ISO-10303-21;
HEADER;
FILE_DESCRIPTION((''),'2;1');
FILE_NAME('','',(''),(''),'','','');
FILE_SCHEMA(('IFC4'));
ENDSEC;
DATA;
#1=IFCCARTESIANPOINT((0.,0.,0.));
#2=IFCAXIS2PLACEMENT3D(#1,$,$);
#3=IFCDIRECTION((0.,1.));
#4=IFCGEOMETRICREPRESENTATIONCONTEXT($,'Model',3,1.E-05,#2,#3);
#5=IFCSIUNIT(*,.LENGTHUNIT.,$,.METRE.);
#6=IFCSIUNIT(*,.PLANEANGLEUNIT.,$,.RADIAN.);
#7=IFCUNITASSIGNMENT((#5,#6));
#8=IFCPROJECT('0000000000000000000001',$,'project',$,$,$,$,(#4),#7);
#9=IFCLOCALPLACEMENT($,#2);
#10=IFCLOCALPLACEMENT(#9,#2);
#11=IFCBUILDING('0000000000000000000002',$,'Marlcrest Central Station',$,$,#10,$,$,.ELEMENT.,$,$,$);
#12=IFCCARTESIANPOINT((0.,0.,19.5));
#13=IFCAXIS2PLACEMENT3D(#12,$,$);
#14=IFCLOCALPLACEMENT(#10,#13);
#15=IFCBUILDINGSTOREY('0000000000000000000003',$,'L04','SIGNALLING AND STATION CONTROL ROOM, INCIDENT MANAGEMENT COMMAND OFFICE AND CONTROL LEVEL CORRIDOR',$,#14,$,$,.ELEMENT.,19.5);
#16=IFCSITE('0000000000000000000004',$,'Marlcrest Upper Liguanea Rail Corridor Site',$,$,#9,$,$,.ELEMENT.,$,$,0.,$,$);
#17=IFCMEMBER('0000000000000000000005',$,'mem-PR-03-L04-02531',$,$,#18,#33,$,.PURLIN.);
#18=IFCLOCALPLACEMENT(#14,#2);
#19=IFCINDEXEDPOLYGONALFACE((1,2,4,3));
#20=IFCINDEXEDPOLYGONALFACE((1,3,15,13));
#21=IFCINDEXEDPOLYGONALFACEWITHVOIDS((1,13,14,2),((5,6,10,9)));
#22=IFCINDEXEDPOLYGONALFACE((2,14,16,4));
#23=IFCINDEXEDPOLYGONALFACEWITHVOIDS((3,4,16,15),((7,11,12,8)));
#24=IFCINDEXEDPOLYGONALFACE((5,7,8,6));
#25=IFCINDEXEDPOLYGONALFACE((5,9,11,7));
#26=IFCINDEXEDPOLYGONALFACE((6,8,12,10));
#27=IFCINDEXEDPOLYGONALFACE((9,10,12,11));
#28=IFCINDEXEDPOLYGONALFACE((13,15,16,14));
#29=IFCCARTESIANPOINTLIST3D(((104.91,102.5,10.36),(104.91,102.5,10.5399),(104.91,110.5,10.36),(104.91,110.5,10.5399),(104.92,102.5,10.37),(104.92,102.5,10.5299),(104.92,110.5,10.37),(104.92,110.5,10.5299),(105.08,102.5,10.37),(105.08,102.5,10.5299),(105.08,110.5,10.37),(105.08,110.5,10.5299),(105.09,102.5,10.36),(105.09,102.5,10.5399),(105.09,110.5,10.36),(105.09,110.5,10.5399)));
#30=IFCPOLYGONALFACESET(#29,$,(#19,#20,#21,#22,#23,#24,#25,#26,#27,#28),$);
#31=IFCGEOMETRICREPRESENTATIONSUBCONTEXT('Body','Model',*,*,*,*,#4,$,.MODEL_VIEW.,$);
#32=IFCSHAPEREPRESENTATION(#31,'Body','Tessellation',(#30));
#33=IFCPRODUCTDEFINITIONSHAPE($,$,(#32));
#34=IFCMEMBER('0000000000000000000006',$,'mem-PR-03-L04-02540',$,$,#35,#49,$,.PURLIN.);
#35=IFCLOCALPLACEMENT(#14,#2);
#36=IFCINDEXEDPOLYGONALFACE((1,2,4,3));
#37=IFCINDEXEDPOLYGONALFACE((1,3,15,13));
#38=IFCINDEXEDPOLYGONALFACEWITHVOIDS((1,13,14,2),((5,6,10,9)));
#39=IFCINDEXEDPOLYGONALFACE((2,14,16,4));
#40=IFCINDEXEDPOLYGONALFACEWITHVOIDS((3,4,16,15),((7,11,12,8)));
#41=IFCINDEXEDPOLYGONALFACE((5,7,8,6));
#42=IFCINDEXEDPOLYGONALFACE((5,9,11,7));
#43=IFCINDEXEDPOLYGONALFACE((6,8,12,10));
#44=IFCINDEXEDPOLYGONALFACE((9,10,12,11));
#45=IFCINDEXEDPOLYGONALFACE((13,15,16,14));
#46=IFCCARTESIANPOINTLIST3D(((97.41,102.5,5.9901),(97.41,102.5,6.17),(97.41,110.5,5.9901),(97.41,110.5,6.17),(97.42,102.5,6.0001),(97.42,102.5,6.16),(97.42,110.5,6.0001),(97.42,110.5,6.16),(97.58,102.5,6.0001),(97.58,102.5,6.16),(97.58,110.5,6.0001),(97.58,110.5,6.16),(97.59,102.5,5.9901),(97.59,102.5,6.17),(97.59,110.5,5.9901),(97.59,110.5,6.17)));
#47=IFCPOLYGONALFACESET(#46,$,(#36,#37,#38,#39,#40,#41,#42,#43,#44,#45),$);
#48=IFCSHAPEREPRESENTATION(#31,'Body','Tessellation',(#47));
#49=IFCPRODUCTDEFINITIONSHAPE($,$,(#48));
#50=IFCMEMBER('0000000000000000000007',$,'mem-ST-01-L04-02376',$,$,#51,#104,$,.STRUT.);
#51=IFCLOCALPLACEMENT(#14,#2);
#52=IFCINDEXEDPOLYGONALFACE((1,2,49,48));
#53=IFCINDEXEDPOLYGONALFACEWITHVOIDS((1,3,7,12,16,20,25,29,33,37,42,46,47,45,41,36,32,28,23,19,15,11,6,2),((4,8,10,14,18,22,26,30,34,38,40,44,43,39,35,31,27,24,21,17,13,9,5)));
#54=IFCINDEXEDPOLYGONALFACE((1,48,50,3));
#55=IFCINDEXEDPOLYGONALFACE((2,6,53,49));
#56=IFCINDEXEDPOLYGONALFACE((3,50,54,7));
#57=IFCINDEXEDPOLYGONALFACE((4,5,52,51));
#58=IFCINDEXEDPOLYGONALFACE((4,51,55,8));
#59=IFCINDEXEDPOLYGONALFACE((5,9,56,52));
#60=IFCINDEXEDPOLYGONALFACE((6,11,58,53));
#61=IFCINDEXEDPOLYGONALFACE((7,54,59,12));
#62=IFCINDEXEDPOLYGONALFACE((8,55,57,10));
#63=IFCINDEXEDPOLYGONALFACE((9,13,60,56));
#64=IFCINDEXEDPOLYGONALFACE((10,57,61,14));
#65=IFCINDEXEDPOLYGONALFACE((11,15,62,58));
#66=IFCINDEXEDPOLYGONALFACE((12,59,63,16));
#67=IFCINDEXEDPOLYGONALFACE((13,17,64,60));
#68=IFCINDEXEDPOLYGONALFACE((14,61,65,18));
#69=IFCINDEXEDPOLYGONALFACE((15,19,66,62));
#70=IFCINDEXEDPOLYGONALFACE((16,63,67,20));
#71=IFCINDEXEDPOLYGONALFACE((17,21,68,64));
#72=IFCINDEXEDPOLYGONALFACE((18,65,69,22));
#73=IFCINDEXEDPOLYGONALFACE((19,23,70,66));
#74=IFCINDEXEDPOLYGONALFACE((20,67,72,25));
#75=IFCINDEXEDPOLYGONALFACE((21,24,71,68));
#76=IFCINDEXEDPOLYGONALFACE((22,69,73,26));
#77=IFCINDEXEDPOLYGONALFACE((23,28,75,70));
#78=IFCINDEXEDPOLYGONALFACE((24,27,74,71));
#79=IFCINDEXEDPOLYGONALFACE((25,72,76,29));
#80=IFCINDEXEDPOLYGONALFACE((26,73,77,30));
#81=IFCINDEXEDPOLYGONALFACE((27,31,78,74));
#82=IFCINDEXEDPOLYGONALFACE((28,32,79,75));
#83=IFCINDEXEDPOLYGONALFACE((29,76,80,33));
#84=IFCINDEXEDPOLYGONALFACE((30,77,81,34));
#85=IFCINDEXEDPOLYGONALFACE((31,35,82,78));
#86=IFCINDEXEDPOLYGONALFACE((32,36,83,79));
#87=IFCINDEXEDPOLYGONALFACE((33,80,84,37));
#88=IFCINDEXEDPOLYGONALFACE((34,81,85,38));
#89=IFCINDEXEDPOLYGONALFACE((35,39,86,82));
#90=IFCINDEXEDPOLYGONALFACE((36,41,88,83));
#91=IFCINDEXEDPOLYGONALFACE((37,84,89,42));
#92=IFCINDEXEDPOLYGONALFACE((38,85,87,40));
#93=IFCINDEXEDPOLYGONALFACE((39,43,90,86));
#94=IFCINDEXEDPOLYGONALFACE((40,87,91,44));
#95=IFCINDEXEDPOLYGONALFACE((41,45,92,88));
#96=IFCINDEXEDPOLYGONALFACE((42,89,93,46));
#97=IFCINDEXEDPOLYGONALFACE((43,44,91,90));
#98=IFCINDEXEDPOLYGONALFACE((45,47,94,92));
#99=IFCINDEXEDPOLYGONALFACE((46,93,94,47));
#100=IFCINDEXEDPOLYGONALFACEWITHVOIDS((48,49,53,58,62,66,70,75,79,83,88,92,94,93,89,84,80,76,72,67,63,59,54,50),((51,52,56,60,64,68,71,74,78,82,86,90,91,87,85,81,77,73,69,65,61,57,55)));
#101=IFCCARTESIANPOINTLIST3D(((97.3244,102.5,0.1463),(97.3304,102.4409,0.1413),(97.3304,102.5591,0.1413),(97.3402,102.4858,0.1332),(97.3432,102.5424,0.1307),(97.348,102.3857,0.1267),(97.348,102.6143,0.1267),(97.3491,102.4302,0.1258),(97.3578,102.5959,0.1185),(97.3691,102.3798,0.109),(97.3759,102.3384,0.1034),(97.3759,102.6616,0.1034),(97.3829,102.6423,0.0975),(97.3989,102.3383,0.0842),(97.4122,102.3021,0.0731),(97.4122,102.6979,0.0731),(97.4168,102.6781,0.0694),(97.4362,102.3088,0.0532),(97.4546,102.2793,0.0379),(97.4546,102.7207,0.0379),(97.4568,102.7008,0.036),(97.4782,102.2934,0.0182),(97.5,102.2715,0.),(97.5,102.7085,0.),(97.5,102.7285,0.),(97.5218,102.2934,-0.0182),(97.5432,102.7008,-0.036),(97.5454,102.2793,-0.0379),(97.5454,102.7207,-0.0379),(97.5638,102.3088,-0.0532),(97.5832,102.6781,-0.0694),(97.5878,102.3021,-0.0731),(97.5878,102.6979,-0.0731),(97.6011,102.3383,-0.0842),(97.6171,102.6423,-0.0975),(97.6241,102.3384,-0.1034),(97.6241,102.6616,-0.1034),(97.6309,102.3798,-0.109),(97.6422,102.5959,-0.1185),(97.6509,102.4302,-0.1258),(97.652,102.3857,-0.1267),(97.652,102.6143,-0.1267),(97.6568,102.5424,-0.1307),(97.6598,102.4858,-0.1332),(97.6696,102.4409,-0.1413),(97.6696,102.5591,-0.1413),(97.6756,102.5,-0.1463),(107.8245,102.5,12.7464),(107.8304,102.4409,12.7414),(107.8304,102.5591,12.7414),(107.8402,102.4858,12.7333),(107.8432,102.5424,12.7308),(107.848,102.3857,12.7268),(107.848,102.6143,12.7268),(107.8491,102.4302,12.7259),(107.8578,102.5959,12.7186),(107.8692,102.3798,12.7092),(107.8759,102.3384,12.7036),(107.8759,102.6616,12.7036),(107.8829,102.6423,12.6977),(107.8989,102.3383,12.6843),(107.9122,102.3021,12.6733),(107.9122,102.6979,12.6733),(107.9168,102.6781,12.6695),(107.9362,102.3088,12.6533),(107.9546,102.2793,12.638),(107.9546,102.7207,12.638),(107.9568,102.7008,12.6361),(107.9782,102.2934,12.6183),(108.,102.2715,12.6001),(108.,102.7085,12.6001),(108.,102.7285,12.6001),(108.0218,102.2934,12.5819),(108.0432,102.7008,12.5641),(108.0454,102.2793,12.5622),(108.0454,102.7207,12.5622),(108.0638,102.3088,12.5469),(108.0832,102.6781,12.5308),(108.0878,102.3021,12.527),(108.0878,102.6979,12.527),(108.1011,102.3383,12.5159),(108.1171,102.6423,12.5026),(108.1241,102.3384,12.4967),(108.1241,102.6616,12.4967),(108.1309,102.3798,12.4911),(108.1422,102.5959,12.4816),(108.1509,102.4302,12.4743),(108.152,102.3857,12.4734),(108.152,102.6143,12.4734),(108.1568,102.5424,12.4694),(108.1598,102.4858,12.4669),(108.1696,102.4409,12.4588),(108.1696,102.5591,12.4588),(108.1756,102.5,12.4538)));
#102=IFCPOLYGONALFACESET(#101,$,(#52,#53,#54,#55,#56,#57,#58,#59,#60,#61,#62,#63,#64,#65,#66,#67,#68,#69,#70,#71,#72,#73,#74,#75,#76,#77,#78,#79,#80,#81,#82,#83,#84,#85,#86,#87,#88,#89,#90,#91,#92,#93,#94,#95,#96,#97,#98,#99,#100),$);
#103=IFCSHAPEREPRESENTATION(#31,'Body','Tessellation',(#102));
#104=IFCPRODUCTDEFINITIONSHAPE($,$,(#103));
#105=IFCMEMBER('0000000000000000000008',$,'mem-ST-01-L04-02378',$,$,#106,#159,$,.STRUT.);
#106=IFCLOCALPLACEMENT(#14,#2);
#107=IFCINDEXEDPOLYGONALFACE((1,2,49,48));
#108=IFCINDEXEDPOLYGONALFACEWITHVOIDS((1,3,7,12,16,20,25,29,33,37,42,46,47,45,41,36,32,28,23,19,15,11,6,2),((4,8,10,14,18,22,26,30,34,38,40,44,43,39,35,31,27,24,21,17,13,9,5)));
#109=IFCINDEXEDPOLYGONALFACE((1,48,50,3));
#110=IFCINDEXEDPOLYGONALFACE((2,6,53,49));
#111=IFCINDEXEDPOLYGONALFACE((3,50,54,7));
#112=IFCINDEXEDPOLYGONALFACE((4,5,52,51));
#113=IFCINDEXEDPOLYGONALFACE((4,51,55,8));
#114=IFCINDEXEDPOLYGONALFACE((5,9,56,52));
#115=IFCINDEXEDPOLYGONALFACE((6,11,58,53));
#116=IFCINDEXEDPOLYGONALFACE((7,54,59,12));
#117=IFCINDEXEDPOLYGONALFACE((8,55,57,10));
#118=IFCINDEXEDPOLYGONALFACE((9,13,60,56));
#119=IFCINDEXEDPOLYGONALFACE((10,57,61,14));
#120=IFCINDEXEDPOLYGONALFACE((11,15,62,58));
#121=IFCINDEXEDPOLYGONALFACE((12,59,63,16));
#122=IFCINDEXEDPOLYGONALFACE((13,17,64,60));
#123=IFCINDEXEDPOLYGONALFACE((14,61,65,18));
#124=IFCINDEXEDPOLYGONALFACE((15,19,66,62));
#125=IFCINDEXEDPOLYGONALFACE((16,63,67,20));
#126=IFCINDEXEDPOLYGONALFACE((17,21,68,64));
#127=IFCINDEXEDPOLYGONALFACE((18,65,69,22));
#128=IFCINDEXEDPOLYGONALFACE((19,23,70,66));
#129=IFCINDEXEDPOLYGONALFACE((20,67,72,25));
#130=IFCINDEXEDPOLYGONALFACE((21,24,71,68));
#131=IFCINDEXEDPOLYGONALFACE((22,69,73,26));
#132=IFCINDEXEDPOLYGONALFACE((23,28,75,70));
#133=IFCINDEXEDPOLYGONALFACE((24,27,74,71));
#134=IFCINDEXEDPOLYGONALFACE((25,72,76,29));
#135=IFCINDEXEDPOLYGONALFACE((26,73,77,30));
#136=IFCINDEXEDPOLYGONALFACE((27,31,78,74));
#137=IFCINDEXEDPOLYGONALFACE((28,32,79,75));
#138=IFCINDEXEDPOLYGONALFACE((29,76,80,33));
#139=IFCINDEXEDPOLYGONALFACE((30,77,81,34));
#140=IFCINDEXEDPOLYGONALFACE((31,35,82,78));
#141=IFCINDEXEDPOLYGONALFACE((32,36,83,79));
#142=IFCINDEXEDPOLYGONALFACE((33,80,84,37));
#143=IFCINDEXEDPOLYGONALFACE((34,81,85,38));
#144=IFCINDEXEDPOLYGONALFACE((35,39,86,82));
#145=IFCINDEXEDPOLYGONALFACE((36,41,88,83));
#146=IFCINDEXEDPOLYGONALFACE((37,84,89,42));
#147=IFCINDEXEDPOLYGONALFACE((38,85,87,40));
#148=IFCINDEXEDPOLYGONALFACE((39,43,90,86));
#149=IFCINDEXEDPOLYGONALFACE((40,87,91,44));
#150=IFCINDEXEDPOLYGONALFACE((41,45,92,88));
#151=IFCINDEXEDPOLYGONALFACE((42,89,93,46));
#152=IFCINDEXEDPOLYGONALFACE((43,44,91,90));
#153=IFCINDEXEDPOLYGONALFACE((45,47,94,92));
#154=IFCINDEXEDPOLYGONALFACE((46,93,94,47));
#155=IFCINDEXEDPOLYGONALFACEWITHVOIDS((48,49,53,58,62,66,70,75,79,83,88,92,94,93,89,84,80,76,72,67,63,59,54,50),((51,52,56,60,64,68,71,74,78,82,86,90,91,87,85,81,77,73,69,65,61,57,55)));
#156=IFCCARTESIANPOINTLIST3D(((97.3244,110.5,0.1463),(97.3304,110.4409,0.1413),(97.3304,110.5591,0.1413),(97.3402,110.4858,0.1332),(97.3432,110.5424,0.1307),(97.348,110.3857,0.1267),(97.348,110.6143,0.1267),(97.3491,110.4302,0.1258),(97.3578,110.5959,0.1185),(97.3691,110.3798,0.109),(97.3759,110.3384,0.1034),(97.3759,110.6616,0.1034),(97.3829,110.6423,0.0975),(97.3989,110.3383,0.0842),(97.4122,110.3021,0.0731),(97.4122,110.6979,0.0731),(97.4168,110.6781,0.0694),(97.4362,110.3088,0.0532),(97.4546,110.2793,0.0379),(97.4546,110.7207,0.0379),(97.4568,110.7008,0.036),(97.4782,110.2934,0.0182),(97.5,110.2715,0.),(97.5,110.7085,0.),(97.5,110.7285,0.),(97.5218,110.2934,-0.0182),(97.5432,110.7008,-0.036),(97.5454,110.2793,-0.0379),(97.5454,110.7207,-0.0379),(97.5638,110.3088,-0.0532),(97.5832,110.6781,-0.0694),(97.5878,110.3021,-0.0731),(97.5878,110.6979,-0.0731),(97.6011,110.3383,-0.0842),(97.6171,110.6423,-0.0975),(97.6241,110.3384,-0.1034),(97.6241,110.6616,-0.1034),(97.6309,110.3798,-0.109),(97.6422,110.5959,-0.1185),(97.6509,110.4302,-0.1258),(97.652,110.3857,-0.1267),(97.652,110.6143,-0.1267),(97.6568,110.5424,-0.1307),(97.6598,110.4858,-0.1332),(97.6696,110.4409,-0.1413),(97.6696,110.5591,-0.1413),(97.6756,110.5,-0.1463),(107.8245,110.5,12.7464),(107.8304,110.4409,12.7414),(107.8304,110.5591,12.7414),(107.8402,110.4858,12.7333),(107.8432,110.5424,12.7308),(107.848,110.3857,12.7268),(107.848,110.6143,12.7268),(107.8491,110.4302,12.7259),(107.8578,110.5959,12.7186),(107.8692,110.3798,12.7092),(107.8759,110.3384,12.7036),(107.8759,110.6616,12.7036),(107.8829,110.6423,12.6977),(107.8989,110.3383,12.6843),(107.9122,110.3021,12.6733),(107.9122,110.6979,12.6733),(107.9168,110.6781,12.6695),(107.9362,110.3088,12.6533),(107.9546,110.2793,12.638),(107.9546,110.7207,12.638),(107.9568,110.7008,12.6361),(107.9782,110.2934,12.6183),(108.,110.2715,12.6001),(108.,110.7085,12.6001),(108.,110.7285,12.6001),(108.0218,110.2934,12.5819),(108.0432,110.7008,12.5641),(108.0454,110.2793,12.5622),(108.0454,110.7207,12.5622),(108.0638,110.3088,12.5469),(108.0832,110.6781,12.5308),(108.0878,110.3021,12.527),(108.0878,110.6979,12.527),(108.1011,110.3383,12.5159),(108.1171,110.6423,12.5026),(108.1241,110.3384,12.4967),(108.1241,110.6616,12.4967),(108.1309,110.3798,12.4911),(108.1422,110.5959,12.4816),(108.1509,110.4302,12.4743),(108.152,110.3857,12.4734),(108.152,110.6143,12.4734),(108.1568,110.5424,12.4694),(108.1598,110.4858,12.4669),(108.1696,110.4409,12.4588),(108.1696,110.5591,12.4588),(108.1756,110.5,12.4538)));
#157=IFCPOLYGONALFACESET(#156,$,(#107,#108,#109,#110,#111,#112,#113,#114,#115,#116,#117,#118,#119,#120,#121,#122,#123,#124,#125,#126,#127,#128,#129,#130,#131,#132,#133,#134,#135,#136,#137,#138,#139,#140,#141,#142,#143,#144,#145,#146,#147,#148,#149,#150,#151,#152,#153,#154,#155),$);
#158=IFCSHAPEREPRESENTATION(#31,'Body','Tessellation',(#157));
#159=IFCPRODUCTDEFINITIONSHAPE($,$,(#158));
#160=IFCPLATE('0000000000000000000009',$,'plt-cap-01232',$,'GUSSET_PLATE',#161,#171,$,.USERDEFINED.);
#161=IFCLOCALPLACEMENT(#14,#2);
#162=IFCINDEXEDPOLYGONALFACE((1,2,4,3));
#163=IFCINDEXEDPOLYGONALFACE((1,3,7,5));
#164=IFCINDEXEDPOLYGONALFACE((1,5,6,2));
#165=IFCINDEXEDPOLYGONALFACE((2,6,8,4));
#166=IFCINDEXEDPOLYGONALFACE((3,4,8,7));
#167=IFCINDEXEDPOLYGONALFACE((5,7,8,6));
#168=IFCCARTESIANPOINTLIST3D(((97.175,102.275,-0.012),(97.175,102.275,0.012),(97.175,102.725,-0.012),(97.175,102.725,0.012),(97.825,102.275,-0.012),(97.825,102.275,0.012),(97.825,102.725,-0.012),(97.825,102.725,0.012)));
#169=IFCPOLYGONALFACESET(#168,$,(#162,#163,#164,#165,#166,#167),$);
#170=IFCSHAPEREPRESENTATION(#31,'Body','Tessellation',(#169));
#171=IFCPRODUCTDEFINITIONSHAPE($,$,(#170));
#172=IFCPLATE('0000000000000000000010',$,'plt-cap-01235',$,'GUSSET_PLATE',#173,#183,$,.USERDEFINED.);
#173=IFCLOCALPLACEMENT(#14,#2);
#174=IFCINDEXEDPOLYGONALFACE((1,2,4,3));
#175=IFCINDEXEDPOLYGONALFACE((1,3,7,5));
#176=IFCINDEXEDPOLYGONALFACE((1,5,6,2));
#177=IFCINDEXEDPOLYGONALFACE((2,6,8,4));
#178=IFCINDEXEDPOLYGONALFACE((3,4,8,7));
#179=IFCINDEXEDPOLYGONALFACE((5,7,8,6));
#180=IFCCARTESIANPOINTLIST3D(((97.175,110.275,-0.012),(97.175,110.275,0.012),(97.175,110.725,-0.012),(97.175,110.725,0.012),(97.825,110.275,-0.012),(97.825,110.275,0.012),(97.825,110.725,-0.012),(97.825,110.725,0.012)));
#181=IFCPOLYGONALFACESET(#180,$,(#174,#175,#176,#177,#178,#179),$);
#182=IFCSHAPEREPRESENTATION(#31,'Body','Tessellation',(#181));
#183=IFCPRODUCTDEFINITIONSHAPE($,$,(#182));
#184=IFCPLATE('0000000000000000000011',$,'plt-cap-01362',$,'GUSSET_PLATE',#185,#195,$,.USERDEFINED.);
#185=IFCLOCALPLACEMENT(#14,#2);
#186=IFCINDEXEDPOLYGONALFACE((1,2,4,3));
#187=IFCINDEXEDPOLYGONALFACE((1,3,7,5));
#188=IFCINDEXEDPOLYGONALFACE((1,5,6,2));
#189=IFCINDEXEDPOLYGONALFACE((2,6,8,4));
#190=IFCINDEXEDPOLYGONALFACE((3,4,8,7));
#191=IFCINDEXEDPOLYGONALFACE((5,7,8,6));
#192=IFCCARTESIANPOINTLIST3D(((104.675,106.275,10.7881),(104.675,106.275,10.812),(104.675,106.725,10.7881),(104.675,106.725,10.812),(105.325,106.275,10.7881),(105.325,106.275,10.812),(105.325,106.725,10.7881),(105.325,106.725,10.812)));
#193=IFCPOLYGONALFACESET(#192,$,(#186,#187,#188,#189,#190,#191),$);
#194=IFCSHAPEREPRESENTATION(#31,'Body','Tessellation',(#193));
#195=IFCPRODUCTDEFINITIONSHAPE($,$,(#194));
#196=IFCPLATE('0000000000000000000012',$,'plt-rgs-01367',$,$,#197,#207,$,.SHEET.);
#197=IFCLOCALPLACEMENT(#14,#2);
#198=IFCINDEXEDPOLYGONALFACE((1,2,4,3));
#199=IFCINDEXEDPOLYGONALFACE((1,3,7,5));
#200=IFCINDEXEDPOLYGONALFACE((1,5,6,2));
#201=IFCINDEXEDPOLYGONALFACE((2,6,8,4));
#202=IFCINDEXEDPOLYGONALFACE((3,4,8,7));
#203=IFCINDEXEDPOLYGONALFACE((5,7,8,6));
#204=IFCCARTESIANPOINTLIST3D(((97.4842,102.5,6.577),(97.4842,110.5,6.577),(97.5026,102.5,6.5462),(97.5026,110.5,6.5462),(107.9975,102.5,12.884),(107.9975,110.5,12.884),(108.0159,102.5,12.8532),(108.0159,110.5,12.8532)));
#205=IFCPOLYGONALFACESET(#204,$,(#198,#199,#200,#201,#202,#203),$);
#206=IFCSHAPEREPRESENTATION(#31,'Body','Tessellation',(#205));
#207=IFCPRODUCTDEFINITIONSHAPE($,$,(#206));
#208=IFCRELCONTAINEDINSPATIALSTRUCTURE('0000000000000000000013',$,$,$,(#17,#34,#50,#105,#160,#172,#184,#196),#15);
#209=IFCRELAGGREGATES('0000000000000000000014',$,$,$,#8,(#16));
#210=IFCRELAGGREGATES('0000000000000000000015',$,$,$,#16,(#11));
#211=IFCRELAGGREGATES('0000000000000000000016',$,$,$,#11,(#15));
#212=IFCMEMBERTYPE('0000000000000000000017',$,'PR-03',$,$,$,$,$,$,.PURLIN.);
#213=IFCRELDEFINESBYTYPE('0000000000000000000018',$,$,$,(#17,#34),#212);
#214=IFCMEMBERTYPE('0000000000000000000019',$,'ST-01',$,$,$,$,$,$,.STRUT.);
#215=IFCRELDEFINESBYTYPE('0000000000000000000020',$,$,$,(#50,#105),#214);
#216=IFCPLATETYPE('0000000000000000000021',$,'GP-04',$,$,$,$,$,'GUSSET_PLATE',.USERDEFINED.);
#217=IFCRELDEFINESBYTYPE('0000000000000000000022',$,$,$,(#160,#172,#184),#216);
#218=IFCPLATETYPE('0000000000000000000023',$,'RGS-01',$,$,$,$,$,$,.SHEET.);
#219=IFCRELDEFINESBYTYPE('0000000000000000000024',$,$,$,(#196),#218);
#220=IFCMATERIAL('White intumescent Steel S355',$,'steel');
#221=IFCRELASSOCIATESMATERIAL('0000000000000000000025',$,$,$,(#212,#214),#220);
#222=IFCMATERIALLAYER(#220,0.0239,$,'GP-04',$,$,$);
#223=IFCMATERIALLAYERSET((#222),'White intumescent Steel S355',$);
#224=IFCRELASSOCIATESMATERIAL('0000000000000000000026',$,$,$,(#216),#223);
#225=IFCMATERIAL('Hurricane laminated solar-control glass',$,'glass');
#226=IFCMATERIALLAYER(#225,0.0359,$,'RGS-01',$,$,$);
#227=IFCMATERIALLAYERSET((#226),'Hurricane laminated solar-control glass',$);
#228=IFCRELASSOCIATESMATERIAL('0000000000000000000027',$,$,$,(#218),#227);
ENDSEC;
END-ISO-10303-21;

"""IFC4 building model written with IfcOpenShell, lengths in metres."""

from ifc_helpers import new_model, si_unit, direction, frame, origin, origin_2d, place, context, subcontext, project, spatial, rectangle, hollow_rectangle, hollow_circle, extrude, material, layer, layer_set, material_profile, profile_set, type_object, element, save


model = new_model("IFC4")

# Units and contexts
model_context = context("Model", 3, precision=1e-05, world=origin(), true_north=direction((0.0, 1.0)))
body_context = subcontext(model_context, "Body", "Model", "MODEL_VIEW")
ifc_project = project(units=[si_unit("LENGTHUNIT", "METRE"), si_unit("PLANEANGLEUNIT", "RADIAN")], contexts=[model_context])

# Site, building, storey
site_placement = place(None, origin())
site = spatial("IfcSite", under=ifc_project, at=site_placement, Name="Marlcrest Upper Liguanea Rail Corridor Site", CompositionType="ELEMENT", RefElevation=0.0)
building_placement = place(site_placement, origin())
building = spatial("IfcBuilding", under=site, at=building_placement, Name="Marlcrest Central Station", CompositionType="ELEMENT")
storey_placement = place(building_placement, frame((0.0, 0.0, 19.5)))
storey = spatial("IfcBuildingStorey", under=building, at=storey_placement, Name="L04", Description="SIGNALLING AND STATION CONTROL ROOM, INCIDENT MANAGEMENT COMMAND OFFICE AND CONTROL LEVEL CORRIDOR", CompositionType="ELEMENT", Elevation=19.5)

# Members
ifc_material_1 = material(Name="White intumescent Steel S355", Category="steel")
ifc_material_profile_1 = material_profile(ifc_material_1, hollow_rectangle(XDim=0.1799, YDim=0.1799, WallThickness=0.01, at=origin_2d()), Name="SHS 180x180x10")
ifc_profile_set_1 = profile_set([ifc_material_profile_1], Name="White intumescent Steel S355")
member_type_1 = type_object("IfcMemberType", Name="PR-03", PredefinedType="PURLIN", material=ifc_profile_set_1)
for number, where, z_axis, x_axis, name in (
    (1, (105.0, 102.5, 10.45), (0.0, 1.0, 0.0), (-1.0, 0.0, 0.0), "mem-PR-03-L04-02531"),
    (2, (97.5, 102.5, 6.0801), (0.0, 1.0, 0.0), (-1.0, 0.0, 0.0), "mem-PR-03-L04-02540"),
):
    element("IfcMember", number, at=place(storey_placement, frame(where, z_axis=z_axis, x_axis=x_axis)), inside=storey, type_object=member_type_1, Name=name, PredefinedType="PURLIN", context=body_context, shape_type="SweptSolid", body=[
        extrude(hollow_rectangle(XDim=0.1799, YDim=0.1799, WallThickness=0.01, at=origin_2d()), origin(), (0.0, 0.0, 1.0), 8.0),
    ])
ifc_material_profile_2 = material_profile(ifc_material_1, hollow_circle(Radius=0.2285, WallThickness=0.02, at=origin_2d()), Name="CHS 457x20")
ifc_profile_set_2 = profile_set([ifc_material_profile_2], Name="White intumescent Steel S355")
member_type_2 = type_object("IfcMemberType", Name="ST-01", PredefinedType="STRUT", material=ifc_profile_set_2)
for number, where, z_axis, x_axis, name in (
    (3, (97.5, 102.5, 0.0), (0.640181, 0.0, 0.768224), (0.0, 1.0, 0.0), "mem-ST-01-L04-02376"),
    (4, (97.5, 110.5, 0.0), (0.640181, 0.0, 0.768224), (0.0, 1.0, 0.0), "mem-ST-01-L04-02378"),
):
    element("IfcMember", number, at=place(storey_placement, frame(where, z_axis=z_axis, x_axis=x_axis)), inside=storey, type_object=member_type_2, Name=name, PredefinedType="STRUT", context=body_context, shape_type="SweptSolid", body=[
        extrude(hollow_circle(Radius=0.2285, WallThickness=0.02, at=origin_2d()), origin(), (0.0, 0.0, 1.0), 16.4016),
    ])

# Plates
ifc_layer_1 = layer(ifc_material_1, 0.0239, Name="GP-04")
ifc_layer_set_1 = layer_set([ifc_layer_1], Name="White intumescent Steel S355")
plate_type_1 = type_object("IfcPlateType", Name="GP-04", ElementType="GUSSET_PLATE", PredefinedType="USERDEFINED", material=ifc_layer_set_1)
for number, where, z_axis, x_axis, name in (
    (5, (97.5, 102.5, -0.012), (0.0, 0.0, 1.0), (1.0, 0.0, 0.0), "plt-cap-01232"),
    (6, (97.5, 110.5, -0.012), (0.0, 0.0, 1.0), (1.0, 0.0, 0.0), "plt-cap-01235"),
    (7, (105.0, 106.5, 10.7881), (0.0, 0.0, 1.0), (1.0, 0.0, 0.0), "plt-cap-01362"),
):
    element("IfcPlate", number, at=place(storey_placement, frame(where, z_axis=z_axis, x_axis=x_axis)), inside=storey, type_object=plate_type_1, Name=name, ObjectType="GUSSET_PLATE", PredefinedType="USERDEFINED", context=body_context, shape_type="SweptSolid", body=[
        extrude(rectangle(XDim=0.6499, YDim=0.45, at=origin_2d()), origin(), (0.0, 0.0, 1.0), 0.0239),
    ])
ifc_material_2 = material(Name="Hurricane laminated solar-control glass", Category="glass")
ifc_layer_2 = layer(ifc_material_2, 0.0359, Name="RGS-01")
ifc_layer_set_2 = layer_set([ifc_layer_2], Name="Hurricane laminated solar-control glass")
plate_type_2 = type_object("IfcPlateType", Name="RGS-01", PredefinedType="SHEET", material=ifc_layer_set_2)
plate_1_placement = place(storey_placement, frame((102.7593, 106.5, 9.6997), z_axis=(-0.51444, 0.0, 0.857527), x_axis=(0.857527, 0.0, 0.51444)))
element("IfcPlate", 8, at=plate_1_placement, inside=storey, type_object=plate_type_2, Name="plt-rgs-01367", PredefinedType="SHEET", context=body_context, shape_type="SweptSolid", body=[
    extrude(rectangle(XDim=12.26, YDim=8.0, at=origin_2d()), origin(), (0.0, 0.0, 1.0), 0.0359),
])

save(model, "model.ifc")
